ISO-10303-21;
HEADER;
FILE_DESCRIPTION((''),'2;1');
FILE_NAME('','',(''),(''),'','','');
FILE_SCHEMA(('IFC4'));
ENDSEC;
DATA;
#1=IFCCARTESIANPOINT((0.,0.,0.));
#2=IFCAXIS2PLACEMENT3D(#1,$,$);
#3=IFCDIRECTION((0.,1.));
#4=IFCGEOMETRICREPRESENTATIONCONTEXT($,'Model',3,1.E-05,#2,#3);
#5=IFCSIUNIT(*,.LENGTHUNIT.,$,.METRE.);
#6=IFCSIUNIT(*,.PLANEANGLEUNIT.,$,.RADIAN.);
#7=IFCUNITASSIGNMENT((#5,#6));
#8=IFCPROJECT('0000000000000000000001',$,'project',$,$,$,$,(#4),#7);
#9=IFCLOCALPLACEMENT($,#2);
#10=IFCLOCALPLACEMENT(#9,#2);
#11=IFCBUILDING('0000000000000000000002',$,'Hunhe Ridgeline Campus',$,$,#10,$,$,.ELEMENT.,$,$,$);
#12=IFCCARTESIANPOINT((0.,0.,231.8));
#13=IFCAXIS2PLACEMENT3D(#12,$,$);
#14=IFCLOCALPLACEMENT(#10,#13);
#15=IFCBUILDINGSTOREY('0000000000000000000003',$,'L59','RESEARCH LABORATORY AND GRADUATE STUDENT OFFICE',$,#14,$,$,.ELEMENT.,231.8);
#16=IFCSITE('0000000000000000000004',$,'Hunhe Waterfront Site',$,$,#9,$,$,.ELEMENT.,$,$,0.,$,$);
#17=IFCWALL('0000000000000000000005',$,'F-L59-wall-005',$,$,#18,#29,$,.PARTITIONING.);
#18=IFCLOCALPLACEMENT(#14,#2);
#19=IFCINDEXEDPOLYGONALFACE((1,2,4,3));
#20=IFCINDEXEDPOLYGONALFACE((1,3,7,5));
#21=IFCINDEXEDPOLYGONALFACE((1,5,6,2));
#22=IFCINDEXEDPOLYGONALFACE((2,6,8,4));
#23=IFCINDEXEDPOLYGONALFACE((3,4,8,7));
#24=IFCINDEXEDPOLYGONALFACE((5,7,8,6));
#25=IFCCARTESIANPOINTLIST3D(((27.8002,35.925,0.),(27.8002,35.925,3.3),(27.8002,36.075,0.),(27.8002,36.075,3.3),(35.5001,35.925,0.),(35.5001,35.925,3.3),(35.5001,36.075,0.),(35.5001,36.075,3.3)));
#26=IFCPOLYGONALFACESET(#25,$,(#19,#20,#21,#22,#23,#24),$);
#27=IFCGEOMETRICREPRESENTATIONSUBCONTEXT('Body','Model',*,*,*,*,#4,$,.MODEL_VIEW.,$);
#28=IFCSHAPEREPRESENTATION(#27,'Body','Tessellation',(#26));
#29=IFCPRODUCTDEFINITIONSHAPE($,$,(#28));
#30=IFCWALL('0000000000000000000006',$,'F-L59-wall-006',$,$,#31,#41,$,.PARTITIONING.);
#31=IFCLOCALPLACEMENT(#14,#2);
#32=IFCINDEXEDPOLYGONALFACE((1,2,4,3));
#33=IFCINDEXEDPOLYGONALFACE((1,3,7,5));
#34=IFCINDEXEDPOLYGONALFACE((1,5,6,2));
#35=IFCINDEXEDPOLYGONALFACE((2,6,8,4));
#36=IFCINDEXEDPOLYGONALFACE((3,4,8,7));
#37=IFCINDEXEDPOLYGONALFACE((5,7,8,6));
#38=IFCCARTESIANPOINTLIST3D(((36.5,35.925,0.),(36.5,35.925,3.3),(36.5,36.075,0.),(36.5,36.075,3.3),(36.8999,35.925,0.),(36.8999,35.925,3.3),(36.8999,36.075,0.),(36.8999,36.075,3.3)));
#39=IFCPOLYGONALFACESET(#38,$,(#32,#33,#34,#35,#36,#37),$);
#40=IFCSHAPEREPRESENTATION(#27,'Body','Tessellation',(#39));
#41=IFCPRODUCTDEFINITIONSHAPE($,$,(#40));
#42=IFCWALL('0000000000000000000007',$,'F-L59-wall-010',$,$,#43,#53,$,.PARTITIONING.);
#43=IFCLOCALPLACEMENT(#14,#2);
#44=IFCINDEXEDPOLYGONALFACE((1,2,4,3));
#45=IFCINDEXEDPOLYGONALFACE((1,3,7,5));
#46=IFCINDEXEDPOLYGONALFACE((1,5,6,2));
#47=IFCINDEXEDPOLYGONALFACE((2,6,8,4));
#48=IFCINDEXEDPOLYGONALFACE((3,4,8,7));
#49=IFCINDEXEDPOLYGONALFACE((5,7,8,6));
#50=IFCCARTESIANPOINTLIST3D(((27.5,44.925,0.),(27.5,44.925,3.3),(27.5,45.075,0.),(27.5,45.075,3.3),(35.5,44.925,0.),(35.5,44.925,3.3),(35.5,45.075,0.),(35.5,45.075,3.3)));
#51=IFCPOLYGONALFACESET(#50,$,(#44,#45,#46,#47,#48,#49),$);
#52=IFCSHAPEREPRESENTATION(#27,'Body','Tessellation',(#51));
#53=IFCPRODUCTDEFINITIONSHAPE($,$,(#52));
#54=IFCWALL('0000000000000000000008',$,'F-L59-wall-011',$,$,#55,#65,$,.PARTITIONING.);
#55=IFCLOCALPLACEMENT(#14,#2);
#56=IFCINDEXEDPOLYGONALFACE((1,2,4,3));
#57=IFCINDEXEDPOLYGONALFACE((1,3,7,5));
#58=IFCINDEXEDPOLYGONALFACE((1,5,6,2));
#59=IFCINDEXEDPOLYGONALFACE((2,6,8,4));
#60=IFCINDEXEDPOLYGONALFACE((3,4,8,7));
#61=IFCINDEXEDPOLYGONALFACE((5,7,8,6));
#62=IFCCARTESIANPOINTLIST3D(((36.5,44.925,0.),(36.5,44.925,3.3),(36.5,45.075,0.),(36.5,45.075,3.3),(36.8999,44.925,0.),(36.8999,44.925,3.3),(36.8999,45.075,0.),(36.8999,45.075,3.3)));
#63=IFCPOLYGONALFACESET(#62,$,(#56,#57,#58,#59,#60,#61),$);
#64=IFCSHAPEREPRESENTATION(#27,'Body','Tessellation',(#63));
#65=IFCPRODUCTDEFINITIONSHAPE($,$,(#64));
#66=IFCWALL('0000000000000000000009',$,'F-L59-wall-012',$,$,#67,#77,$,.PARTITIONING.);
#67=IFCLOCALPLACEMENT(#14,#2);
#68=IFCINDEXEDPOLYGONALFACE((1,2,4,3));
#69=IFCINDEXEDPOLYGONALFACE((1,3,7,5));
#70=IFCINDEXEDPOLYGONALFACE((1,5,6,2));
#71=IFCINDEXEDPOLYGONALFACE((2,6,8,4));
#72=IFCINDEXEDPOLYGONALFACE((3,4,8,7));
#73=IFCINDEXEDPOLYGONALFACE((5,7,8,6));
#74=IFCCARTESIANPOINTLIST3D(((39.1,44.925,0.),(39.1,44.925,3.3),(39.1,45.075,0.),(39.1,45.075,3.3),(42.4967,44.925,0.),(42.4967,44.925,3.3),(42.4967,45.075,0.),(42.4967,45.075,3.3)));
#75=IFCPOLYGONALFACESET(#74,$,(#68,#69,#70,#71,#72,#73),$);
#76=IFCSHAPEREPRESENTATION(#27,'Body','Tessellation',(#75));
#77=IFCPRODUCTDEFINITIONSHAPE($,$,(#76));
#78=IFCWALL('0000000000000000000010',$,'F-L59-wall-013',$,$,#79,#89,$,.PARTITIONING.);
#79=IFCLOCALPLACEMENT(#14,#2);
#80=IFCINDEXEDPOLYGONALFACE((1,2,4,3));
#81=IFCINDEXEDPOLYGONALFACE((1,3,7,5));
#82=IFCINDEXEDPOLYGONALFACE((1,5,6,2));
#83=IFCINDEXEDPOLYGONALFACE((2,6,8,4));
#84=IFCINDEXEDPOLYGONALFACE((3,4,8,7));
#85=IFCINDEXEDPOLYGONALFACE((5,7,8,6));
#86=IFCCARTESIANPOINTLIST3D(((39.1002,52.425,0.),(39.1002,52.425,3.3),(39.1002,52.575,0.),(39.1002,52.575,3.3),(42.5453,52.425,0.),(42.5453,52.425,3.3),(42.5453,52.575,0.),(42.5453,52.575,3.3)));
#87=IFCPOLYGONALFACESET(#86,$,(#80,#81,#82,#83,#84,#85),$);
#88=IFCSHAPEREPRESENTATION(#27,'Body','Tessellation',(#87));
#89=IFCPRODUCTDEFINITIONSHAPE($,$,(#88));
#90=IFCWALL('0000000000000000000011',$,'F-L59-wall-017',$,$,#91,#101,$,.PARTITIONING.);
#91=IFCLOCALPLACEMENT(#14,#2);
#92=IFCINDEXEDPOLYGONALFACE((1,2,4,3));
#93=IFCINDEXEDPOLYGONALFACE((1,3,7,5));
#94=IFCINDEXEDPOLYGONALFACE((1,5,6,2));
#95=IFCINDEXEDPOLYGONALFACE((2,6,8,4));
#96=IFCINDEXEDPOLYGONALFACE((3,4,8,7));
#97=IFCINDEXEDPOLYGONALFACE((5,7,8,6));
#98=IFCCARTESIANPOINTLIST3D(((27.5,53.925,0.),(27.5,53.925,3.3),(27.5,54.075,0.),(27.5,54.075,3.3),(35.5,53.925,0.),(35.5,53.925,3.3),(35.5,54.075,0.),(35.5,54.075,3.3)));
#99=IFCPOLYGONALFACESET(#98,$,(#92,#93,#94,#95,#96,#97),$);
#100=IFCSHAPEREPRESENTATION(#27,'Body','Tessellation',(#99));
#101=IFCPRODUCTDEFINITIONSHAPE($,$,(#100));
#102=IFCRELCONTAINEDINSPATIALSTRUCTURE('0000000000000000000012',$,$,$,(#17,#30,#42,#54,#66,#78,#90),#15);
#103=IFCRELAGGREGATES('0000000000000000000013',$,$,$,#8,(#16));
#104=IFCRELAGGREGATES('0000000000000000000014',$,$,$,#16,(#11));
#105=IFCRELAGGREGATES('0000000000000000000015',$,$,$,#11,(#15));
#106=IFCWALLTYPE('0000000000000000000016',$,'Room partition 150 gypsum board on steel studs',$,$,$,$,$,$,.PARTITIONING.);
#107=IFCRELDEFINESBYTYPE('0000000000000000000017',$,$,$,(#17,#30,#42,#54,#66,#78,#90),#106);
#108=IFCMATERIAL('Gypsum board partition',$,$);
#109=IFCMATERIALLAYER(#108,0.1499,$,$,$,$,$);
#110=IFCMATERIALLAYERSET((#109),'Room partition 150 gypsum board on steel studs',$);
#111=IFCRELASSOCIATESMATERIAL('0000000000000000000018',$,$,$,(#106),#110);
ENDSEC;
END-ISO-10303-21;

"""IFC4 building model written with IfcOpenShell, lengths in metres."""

from ifc_helpers import new_model, si_unit, direction, frame, frame_2d, origin, place, context, subcontext, project, spatial, rectangle, extrude, material, layer, layer_set, type_object, element, save


model = new_model("IFC4")

# Units and contexts
model_context = context("Model", 3, precision=1e-05, world=origin(), true_north=direction((0.0, 1.0)))
body_context = subcontext(model_context, "Body", "Model", "MODEL_VIEW")
ifc_project = project(units=[si_unit("LENGTHUNIT", "METRE"), si_unit("PLANEANGLEUNIT", "RADIAN")], contexts=[model_context])

# Site, building, storey
site_placement = place(None, origin())
site = spatial("IfcSite", under=ifc_project, at=site_placement, Name="Hunhe Waterfront Site", CompositionType="ELEMENT", RefElevation=0.0)
building_placement = place(site_placement, origin())
building = spatial("IfcBuilding", under=site, at=building_placement, Name="Hunhe Ridgeline Campus", CompositionType="ELEMENT")
storey_placement = place(building_placement, frame((0.0, 0.0, 231.8)))
storey = spatial("IfcBuildingStorey", under=building, at=storey_placement, Name="L59", Description="RESEARCH LABORATORY AND GRADUATE STUDENT OFFICE", CompositionType="ELEMENT", Elevation=231.8)

# Walls
ifc_material_1 = material(Name="Gypsum board partition")
ifc_layer_1 = layer(ifc_material_1, 0.1499)
ifc_layer_set_1 = layer_set([ifc_layer_1], Name="Room partition 150 gypsum board on steel studs")
wall_type_1 = type_object("IfcWallType", Name="Room partition 150 gypsum board on steel studs", PredefinedType="PARTITIONING", material=ifc_layer_set_1)
wall_1_placement = place(storey_placement, frame((27.8, 36.0, 0.0), z_axis=(0.0, 0.0, 1.0), x_axis=(1.0, 0.0, 0.0)))
element("IfcWall", 1, at=wall_1_placement, inside=storey, type_object=wall_type_1, Name="F-L59-wall-005", PredefinedType="PARTITIONING", context=body_context, shape_type="SweptSolid", body=[
    extrude(rectangle(XDim=7.7, YDim=0.1499, at=frame_2d((3.8501, 0.0))), origin(), (0.0, 0.0, 1.0), 3.3),
])
wall_2_placement = place(storey_placement, frame((36.5, 36.0, 0.0), z_axis=(0.0, 0.0, 1.0), x_axis=(1.0, 0.0, 0.0)))
element("IfcWall", 2, at=wall_2_placement, inside=storey, type_object=wall_type_1, Name="F-L59-wall-006", PredefinedType="PARTITIONING", context=body_context, shape_type="SweptSolid", body=[
    extrude(rectangle(XDim=0.3999, YDim=0.1499, at=frame_2d((0.2, 0.0))), origin(), (0.0, 0.0, 1.0), 3.3),
])
wall_3_placement = place(storey_placement, frame((27.5, 45.0, 0.0), z_axis=(0.0, 0.0, 1.0), x_axis=(1.0, 0.0, 0.0)))
element("IfcWall", 3, at=wall_3_placement, inside=storey, type_object=wall_type_1, Name="F-L59-wall-010", PredefinedType="PARTITIONING", context=body_context, shape_type="SweptSolid", body=[
    extrude(rectangle(XDim=8.0, YDim=0.1499, at=frame_2d((4.0, 0.0))), origin(), (0.0, 0.0, 1.0), 3.3),
])
wall_4_placement = place(storey_placement, frame((36.5, 45.0, 0.0), z_axis=(0.0, 0.0, 1.0), x_axis=(1.0, 0.0, 0.0)))
element("IfcWall", 4, at=wall_4_placement, inside=storey, type_object=wall_type_1, Name="F-L59-wall-011", PredefinedType="PARTITIONING", context=body_context, shape_type="SweptSolid", body=[
    extrude(rectangle(XDim=0.3999, YDim=0.1499, at=frame_2d((0.2, 0.0))), origin(), (0.0, 0.0, 1.0), 3.3),
])
wall_5_placement = place(storey_placement, frame((39.1001, 45.0, 0.0), z_axis=(0.0, 0.0, 1.0), x_axis=(1.0, 0.0, 0.0)))
element("IfcWall", 5, at=wall_5_placement, inside=storey, type_object=wall_type_1, Name="F-L59-wall-012", PredefinedType="PARTITIONING", context=body_context, shape_type="SweptSolid", body=[
    extrude(rectangle(XDim=3.3967, YDim=0.1499, at=frame_2d((1.6982, 0.0))), origin(), (0.0, 0.0, 1.0), 3.3),
])
wall_6_placement = place(storey_placement, frame((39.1001, 52.5, 0.0), z_axis=(0.0, 0.0, 1.0), x_axis=(1.0, 0.0, 0.0)))
element("IfcWall", 6, at=wall_6_placement, inside=storey, type_object=wall_type_1, Name="F-L59-wall-013", PredefinedType="PARTITIONING", context=body_context, shape_type="SweptSolid", body=[
    extrude(rectangle(XDim=3.4451, YDim=0.1499, at=frame_2d((1.7227, 0.0))), origin(), (0.0, 0.0, 1.0), 3.3),
])
wall_7_placement = place(storey_placement, frame((27.5, 54.0, 0.0), z_axis=(0.0, 0.0, 1.0), x_axis=(1.0, 0.0, 0.0)))
element("IfcWall", 7, at=wall_7_placement, inside=storey, type_object=wall_type_1, Name="F-L59-wall-017", PredefinedType="PARTITIONING", context=body_context, shape_type="SweptSolid", body=[
    extrude(rectangle(XDim=8.0, YDim=0.1499, at=frame_2d((4.0, 0.0))), origin(), (0.0, 0.0, 1.0), 3.3),
])

save(model, "model.ifc")
